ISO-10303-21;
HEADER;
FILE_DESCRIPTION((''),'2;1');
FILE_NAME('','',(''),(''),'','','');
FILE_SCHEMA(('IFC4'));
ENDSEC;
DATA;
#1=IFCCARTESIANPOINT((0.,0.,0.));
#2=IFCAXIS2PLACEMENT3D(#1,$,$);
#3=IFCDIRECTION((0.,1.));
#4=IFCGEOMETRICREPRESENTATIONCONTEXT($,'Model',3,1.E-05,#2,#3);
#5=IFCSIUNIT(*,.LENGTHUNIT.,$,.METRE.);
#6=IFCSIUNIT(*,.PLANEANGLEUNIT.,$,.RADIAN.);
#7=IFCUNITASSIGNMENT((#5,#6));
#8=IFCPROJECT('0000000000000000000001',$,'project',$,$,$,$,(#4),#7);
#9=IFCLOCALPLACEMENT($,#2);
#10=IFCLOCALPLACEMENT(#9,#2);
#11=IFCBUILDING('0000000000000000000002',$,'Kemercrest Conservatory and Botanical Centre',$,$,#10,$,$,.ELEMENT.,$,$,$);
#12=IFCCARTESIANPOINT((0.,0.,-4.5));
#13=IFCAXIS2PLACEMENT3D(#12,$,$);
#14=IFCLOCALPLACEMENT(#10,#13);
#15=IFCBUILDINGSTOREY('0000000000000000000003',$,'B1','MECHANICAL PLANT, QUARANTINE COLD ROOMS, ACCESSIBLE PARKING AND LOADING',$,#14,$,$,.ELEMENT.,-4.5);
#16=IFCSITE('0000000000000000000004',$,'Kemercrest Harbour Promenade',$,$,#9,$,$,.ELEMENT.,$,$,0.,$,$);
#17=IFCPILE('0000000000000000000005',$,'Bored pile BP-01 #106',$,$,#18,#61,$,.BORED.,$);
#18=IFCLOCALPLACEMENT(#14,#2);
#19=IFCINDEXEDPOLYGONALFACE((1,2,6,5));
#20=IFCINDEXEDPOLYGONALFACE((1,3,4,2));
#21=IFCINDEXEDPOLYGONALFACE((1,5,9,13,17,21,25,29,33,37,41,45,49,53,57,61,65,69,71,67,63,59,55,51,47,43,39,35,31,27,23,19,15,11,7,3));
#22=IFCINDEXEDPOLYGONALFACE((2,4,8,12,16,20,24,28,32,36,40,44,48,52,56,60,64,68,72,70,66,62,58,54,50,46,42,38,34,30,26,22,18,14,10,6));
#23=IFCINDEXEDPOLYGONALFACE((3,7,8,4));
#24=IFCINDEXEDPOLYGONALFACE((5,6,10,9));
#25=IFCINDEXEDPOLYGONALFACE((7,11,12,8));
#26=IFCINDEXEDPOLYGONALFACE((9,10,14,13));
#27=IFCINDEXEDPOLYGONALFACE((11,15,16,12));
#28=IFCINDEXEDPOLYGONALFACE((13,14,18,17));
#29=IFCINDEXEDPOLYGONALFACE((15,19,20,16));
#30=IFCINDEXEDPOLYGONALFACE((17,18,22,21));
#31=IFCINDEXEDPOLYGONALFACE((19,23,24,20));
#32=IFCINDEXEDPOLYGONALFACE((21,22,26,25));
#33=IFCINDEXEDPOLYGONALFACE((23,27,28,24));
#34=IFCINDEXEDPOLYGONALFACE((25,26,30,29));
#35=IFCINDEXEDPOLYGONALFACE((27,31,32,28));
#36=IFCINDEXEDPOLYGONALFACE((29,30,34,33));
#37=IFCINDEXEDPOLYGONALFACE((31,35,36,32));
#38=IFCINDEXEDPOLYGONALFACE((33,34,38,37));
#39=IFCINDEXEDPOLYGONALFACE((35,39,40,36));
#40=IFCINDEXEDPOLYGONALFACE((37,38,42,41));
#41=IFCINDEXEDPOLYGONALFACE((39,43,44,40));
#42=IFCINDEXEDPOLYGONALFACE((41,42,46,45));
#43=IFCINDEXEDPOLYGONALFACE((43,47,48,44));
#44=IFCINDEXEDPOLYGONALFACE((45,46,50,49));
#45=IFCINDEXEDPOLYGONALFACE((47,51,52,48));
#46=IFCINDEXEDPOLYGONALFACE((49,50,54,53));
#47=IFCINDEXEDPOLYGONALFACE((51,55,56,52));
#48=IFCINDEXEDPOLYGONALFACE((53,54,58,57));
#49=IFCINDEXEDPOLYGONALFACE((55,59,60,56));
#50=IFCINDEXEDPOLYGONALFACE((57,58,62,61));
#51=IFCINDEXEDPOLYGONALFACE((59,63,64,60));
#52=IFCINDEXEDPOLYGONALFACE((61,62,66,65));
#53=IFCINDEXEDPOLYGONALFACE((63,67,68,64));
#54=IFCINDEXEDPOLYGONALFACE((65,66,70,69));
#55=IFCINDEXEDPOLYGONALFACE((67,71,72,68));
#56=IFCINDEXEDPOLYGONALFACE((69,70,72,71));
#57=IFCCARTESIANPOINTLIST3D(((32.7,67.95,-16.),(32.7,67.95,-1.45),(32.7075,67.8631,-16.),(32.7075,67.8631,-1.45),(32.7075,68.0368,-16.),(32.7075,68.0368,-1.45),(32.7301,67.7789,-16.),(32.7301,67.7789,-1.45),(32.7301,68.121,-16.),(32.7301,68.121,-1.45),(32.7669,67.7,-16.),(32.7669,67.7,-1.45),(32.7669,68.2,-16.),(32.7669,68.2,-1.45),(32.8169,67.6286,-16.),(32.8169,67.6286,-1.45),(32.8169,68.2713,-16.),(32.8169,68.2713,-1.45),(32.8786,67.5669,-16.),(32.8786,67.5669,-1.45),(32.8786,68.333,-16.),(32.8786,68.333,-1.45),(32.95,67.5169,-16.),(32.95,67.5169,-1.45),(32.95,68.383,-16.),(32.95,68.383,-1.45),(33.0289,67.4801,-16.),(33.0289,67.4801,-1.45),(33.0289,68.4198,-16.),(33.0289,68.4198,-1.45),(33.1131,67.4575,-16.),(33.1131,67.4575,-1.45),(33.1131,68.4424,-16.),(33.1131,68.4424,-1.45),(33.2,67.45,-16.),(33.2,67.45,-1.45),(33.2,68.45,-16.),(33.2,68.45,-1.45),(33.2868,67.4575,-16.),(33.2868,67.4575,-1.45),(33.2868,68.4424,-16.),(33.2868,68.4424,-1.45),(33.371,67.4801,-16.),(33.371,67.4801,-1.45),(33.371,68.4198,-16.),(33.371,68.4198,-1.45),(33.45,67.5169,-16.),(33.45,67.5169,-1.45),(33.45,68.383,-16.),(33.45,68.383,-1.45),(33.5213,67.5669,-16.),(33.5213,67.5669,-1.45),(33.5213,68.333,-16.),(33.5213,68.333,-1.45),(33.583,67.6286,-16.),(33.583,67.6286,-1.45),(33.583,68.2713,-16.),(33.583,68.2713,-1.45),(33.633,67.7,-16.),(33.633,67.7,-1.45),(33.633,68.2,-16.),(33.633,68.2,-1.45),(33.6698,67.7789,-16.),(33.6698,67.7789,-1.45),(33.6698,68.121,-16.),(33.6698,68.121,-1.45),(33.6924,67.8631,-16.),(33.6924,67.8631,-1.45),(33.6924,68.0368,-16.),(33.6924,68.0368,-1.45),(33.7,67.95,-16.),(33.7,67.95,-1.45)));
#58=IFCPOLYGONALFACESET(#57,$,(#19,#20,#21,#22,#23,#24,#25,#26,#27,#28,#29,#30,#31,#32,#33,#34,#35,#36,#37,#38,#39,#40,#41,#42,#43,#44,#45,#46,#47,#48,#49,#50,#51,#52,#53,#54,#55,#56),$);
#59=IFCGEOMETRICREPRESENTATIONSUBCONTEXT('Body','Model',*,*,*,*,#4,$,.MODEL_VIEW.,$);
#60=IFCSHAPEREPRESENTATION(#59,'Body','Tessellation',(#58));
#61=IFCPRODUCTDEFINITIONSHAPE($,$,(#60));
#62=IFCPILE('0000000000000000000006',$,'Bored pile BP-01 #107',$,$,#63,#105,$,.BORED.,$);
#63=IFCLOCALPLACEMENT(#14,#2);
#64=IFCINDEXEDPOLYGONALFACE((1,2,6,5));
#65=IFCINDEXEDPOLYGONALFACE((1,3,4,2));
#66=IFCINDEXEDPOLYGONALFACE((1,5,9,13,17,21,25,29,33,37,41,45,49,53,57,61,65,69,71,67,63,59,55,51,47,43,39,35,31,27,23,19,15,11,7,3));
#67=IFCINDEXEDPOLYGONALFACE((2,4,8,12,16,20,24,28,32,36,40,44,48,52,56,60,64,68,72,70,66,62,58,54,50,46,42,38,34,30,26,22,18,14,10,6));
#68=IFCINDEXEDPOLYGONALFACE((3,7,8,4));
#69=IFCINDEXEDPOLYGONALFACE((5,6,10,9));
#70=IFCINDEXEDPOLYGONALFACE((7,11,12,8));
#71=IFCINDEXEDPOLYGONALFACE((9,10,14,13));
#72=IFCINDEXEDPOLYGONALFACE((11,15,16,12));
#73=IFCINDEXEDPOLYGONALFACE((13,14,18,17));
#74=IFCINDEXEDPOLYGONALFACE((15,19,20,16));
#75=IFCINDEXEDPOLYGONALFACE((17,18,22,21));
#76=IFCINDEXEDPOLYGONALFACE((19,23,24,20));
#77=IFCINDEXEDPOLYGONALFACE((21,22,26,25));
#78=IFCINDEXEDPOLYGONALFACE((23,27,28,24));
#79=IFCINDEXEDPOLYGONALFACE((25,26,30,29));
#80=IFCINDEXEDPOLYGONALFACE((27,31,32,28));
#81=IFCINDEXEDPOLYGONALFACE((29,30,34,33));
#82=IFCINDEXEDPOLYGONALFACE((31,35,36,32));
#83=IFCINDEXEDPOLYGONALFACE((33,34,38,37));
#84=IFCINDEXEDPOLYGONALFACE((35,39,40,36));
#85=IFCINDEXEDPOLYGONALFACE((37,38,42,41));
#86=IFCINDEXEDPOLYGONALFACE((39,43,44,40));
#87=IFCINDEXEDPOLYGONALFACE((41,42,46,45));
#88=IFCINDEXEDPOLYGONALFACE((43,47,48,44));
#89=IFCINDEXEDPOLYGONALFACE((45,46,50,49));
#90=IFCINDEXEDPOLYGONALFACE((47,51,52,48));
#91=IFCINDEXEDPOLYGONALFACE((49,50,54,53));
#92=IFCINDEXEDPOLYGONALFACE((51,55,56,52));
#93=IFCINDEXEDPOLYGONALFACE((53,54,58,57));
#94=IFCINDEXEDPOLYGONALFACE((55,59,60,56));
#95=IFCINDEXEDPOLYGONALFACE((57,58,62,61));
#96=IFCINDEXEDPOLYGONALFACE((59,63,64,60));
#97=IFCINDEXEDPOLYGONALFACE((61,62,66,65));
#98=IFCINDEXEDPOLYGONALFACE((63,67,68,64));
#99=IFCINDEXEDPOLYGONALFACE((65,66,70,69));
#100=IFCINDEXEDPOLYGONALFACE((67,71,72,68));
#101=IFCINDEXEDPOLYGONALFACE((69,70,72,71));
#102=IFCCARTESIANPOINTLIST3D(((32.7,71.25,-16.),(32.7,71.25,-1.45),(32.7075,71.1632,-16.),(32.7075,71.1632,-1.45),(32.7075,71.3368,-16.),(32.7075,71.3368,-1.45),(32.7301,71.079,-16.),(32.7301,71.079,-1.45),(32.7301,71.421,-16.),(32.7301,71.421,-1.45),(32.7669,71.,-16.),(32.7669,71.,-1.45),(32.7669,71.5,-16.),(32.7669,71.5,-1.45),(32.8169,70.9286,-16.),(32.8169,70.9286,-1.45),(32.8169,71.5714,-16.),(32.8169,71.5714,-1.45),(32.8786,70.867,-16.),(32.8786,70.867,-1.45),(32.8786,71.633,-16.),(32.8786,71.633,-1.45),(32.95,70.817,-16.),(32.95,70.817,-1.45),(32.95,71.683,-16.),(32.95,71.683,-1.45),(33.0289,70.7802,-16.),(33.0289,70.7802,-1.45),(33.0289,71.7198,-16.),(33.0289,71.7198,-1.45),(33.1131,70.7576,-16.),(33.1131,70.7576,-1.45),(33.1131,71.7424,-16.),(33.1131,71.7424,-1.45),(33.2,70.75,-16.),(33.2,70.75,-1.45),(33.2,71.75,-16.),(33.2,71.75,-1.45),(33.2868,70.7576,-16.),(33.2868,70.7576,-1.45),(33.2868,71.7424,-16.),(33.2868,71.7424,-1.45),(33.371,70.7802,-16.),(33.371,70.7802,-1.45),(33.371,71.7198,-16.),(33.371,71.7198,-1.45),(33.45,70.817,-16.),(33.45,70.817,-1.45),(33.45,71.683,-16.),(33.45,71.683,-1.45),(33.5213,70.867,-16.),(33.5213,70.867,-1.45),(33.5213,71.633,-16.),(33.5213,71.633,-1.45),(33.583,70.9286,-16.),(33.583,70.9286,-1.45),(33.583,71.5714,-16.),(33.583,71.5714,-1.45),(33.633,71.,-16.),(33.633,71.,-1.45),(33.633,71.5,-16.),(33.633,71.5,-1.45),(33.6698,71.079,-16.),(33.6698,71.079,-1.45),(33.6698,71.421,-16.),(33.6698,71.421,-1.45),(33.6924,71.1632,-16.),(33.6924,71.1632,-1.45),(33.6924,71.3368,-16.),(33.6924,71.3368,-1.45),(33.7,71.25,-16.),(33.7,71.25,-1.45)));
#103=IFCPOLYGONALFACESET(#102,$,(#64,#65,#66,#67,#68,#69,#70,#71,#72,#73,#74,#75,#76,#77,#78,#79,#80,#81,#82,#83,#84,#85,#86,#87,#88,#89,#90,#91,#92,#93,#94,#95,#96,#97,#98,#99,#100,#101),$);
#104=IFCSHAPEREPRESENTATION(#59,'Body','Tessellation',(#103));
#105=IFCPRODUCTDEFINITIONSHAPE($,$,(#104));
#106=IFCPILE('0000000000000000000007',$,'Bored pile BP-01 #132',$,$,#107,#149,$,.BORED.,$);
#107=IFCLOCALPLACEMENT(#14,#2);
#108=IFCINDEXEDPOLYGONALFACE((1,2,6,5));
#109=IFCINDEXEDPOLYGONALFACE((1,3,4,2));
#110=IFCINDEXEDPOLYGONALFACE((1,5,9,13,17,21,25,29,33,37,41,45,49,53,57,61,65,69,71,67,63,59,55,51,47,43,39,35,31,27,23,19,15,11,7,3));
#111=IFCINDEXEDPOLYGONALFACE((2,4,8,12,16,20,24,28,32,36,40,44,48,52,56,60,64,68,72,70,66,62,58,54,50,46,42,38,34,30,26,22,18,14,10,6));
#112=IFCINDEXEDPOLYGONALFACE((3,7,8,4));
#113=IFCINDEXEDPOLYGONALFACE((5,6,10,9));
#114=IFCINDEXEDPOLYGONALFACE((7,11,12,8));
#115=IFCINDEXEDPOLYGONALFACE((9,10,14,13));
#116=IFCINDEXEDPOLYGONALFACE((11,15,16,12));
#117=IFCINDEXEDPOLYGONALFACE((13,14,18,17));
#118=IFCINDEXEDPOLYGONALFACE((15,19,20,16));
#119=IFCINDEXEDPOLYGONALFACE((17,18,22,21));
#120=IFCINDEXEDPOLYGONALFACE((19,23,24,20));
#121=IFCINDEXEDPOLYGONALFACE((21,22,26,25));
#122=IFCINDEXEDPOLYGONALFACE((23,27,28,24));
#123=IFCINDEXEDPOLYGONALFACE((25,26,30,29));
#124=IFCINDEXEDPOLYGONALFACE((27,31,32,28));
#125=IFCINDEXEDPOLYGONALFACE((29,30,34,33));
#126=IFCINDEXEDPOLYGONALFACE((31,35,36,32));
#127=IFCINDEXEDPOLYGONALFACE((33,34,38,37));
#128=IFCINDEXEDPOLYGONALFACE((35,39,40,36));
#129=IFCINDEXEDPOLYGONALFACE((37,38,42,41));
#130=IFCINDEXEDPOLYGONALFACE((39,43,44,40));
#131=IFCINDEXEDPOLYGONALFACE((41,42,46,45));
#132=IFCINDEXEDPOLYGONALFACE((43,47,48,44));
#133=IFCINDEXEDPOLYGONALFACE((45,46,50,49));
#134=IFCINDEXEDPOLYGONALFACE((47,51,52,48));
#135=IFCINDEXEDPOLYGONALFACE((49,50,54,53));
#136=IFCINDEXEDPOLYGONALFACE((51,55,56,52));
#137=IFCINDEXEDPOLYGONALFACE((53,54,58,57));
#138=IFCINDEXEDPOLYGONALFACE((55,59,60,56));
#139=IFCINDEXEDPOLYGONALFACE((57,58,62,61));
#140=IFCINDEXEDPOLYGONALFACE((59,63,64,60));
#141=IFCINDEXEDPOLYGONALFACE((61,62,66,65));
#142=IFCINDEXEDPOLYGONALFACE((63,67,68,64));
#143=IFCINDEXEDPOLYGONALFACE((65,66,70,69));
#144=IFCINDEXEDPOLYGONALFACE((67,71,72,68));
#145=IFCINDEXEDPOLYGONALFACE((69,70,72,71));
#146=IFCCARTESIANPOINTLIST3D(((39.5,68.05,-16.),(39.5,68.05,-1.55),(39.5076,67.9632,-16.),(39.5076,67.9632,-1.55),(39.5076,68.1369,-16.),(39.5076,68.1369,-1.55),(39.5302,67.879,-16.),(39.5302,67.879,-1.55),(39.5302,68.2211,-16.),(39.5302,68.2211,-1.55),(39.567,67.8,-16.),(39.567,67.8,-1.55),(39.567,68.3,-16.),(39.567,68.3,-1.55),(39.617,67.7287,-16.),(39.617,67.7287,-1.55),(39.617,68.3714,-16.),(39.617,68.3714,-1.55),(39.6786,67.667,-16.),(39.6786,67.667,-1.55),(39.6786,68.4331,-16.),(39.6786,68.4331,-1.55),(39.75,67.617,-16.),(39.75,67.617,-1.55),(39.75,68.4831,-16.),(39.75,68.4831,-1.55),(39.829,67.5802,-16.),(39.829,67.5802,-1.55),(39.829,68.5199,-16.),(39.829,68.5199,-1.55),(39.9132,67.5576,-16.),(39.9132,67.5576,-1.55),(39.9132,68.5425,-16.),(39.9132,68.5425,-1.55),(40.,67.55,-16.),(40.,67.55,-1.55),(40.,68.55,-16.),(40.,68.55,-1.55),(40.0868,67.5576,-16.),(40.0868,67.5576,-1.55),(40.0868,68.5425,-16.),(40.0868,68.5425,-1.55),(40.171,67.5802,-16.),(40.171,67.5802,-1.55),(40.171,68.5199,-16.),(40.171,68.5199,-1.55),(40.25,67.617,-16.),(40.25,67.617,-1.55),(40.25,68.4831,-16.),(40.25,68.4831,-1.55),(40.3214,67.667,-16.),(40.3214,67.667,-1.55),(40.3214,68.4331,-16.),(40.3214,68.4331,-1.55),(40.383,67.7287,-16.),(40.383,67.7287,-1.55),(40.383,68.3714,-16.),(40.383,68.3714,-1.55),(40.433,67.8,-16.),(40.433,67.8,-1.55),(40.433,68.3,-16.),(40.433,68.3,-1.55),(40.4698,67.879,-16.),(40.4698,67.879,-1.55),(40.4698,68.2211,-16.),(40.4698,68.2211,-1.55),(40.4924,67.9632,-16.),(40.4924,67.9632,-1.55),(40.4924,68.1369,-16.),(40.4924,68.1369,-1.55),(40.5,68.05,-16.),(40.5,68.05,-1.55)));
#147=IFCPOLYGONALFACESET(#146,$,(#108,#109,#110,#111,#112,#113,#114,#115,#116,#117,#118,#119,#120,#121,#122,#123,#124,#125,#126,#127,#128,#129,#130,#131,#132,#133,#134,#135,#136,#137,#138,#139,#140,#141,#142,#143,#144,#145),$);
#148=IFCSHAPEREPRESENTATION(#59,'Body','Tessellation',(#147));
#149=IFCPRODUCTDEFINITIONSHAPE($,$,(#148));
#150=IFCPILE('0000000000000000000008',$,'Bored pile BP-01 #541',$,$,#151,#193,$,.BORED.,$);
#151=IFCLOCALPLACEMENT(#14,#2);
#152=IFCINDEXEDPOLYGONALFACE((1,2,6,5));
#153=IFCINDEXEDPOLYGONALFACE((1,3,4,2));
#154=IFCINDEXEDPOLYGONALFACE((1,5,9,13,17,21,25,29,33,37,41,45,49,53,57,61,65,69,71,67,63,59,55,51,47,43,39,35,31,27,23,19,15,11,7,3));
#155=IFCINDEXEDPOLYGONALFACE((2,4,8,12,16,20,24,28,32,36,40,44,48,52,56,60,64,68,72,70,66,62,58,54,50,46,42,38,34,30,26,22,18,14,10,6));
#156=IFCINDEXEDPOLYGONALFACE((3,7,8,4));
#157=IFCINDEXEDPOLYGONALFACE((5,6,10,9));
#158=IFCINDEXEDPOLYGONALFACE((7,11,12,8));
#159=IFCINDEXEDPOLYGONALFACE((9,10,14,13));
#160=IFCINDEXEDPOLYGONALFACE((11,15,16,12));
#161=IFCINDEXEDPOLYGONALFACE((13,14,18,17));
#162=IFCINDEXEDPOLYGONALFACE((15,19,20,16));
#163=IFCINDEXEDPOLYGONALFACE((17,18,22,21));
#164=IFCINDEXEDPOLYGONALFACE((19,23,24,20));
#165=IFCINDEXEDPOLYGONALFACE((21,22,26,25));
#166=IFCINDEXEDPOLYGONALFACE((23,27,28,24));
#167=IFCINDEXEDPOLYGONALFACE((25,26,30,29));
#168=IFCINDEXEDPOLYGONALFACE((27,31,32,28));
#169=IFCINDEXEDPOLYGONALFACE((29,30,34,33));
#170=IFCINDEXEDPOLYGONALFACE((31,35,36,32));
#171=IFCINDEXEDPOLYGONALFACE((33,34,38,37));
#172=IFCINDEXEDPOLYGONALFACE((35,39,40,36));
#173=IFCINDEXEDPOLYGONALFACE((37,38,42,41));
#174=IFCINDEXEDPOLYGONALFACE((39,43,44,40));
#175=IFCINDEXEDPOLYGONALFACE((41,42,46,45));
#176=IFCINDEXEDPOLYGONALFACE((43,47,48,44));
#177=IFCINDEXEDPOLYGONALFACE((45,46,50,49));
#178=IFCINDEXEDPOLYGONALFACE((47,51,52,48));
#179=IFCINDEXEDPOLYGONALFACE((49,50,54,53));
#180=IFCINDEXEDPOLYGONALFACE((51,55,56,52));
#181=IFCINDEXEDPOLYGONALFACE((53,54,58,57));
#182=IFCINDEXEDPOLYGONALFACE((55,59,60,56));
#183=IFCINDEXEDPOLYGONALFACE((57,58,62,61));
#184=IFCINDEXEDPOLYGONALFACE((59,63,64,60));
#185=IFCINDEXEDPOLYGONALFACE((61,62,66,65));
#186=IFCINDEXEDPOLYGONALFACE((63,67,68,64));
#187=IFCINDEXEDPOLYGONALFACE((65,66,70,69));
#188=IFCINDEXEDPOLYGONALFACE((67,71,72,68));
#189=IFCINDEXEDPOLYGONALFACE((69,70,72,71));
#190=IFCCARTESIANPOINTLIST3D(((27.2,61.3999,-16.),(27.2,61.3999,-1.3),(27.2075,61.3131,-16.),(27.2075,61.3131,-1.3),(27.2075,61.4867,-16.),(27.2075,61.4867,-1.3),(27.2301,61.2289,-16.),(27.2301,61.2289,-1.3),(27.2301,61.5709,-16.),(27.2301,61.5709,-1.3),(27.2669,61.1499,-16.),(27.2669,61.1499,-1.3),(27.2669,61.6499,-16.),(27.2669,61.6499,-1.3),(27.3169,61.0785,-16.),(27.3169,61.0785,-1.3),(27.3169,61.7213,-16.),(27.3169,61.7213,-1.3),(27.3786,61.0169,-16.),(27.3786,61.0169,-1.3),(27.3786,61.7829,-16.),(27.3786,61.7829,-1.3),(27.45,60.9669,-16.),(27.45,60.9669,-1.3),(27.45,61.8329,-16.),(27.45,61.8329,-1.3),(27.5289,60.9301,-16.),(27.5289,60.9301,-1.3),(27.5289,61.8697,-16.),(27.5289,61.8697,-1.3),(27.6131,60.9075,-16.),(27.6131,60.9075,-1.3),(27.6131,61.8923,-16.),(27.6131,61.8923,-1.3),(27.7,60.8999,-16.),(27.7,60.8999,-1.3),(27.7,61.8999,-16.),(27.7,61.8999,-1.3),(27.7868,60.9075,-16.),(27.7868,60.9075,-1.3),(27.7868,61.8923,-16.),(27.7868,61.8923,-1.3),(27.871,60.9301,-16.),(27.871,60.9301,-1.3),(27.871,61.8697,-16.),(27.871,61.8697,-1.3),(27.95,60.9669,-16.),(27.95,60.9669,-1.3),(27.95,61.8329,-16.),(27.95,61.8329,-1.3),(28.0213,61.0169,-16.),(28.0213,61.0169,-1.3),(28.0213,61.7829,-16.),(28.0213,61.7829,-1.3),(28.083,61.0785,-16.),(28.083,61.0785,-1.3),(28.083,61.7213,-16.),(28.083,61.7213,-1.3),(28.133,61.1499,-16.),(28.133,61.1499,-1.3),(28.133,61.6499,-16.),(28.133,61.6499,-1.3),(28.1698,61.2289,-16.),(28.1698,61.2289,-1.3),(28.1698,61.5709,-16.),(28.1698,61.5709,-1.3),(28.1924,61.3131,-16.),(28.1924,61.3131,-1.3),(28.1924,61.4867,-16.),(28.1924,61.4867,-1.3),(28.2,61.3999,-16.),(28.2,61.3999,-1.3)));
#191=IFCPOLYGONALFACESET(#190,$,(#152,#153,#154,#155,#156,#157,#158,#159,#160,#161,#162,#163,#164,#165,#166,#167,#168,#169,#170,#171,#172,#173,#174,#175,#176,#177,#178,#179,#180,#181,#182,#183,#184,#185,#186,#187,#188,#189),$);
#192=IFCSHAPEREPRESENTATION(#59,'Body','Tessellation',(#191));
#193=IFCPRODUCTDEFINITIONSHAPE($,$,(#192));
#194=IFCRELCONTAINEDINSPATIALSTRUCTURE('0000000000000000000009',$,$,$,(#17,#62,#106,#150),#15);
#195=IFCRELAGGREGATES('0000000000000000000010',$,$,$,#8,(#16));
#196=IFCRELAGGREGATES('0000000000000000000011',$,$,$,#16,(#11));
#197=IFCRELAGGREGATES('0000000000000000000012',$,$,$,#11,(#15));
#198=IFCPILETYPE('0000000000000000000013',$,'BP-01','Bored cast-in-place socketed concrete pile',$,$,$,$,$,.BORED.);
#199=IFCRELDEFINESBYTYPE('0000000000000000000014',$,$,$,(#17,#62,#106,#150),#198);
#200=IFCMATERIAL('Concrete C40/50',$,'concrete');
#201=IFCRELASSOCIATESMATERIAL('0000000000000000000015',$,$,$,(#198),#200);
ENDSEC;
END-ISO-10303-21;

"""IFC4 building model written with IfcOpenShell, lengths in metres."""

from ifc_helpers import new_model, si_unit, direction, frame, origin, origin_2d, place, context, subcontext, project, spatial, circle, extrude, material, material_profile, profile_set, type_object, element, save


model = new_model("IFC4")

# Units and contexts
model_context = context("Model", 3, precision=1e-05, world=origin(), true_north=direction((0.0, 1.0)))
body_context = subcontext(model_context, "Body", "Model", "MODEL_VIEW")
ifc_project = project(units=[si_unit("LENGTHUNIT", "METRE"), si_unit("PLANEANGLEUNIT", "RADIAN")], contexts=[model_context])

# Site, building, storey
site_placement = place(None, origin())
site = spatial("IfcSite", under=ifc_project, at=site_placement, Name="Kemercrest Harbour Promenade", CompositionType="ELEMENT", RefElevation=0.0)
building_placement = place(site_placement, origin())
building = spatial("IfcBuilding", under=site, at=building_placement, Name="Kemercrest Conservatory and Botanical Centre", CompositionType="ELEMENT")
storey_placement = place(building_placement, frame((0.0, 0.0, -4.5)))
storey = spatial("IfcBuildingStorey", under=building, at=storey_placement, Name="B1", Description="MECHANICAL PLANT, QUARANTINE COLD ROOMS, ACCESSIBLE PARKING AND LOADING", CompositionType="ELEMENT", Elevation=-4.5)

# Piles
ifc_material_1 = material(Name="Concrete C40/50", Category="concrete")
ifc_material_profile_1 = material_profile(ifc_material_1, circle(Radius=0.5, at=origin_2d()), Name="BORED PILE 1000")
ifc_profile_set_1 = profile_set([ifc_material_profile_1], Name="Concrete C40/50")
pile_type = type_object("IfcPileType", Name="BP-01", Description="Bored cast-in-place socketed concrete pile", PredefinedType="BORED", material=ifc_profile_set_1)
for number, where, z_axis, x_axis, name in (
    (1, (33.2, 67.95, -1.45), (0.0, 0.0, -1.0), (1.0, 0.0, 0.0), "Bored pile BP-01 #106"),
    (2, (33.2, 71.25, -1.45), (0.0, 0.0, -1.0), (1.0, 0.0, 0.0), "Bored pile BP-01 #107"),
):
    element("IfcPile", number, at=place(storey_placement, frame(where, z_axis=z_axis, x_axis=x_axis)), inside=storey, type_object=pile_type, Name=name, PredefinedType="BORED", context=body_context, shape_type="SweptSolid", body=[
        extrude(circle(Radius=0.5, at=origin_2d()), origin(), (0.0, 0.0, 1.0), 14.55),
    ])
pile_1_placement = place(storey_placement, frame((40.0, 68.05, -1.55), z_axis=(0.0, 0.0, -1.0), x_axis=(1.0, 0.0, 0.0)))
element("IfcPile", 3, at=pile_1_placement, inside=storey, type_object=pile_type, Name="Bored pile BP-01 #132", PredefinedType="BORED", context=body_context, shape_type="SweptSolid", body=[
    extrude(circle(Radius=0.5, at=origin_2d()), origin(), (0.0, 0.0, 1.0), 14.45),
])
for number, where, z_axis, x_axis, name in (
    (4, (27.7, 61.3999, -1.3), (0.0, 0.0, -1.0), (1.0, 0.0, 0.0), "Bored pile BP-01 #541"),
):
    element("IfcPile", number, at=place(storey_placement, frame(where, z_axis=z_axis, x_axis=x_axis)), inside=storey, type_object=pile_type, Name=name, PredefinedType="BORED", context=body_context, shape_type="SweptSolid", body=[
        extrude(circle(Radius=0.5, at=origin_2d()), origin(), (0.0, 0.0, 1.0), 14.7),
    ])

save(model, "model.ifc")
